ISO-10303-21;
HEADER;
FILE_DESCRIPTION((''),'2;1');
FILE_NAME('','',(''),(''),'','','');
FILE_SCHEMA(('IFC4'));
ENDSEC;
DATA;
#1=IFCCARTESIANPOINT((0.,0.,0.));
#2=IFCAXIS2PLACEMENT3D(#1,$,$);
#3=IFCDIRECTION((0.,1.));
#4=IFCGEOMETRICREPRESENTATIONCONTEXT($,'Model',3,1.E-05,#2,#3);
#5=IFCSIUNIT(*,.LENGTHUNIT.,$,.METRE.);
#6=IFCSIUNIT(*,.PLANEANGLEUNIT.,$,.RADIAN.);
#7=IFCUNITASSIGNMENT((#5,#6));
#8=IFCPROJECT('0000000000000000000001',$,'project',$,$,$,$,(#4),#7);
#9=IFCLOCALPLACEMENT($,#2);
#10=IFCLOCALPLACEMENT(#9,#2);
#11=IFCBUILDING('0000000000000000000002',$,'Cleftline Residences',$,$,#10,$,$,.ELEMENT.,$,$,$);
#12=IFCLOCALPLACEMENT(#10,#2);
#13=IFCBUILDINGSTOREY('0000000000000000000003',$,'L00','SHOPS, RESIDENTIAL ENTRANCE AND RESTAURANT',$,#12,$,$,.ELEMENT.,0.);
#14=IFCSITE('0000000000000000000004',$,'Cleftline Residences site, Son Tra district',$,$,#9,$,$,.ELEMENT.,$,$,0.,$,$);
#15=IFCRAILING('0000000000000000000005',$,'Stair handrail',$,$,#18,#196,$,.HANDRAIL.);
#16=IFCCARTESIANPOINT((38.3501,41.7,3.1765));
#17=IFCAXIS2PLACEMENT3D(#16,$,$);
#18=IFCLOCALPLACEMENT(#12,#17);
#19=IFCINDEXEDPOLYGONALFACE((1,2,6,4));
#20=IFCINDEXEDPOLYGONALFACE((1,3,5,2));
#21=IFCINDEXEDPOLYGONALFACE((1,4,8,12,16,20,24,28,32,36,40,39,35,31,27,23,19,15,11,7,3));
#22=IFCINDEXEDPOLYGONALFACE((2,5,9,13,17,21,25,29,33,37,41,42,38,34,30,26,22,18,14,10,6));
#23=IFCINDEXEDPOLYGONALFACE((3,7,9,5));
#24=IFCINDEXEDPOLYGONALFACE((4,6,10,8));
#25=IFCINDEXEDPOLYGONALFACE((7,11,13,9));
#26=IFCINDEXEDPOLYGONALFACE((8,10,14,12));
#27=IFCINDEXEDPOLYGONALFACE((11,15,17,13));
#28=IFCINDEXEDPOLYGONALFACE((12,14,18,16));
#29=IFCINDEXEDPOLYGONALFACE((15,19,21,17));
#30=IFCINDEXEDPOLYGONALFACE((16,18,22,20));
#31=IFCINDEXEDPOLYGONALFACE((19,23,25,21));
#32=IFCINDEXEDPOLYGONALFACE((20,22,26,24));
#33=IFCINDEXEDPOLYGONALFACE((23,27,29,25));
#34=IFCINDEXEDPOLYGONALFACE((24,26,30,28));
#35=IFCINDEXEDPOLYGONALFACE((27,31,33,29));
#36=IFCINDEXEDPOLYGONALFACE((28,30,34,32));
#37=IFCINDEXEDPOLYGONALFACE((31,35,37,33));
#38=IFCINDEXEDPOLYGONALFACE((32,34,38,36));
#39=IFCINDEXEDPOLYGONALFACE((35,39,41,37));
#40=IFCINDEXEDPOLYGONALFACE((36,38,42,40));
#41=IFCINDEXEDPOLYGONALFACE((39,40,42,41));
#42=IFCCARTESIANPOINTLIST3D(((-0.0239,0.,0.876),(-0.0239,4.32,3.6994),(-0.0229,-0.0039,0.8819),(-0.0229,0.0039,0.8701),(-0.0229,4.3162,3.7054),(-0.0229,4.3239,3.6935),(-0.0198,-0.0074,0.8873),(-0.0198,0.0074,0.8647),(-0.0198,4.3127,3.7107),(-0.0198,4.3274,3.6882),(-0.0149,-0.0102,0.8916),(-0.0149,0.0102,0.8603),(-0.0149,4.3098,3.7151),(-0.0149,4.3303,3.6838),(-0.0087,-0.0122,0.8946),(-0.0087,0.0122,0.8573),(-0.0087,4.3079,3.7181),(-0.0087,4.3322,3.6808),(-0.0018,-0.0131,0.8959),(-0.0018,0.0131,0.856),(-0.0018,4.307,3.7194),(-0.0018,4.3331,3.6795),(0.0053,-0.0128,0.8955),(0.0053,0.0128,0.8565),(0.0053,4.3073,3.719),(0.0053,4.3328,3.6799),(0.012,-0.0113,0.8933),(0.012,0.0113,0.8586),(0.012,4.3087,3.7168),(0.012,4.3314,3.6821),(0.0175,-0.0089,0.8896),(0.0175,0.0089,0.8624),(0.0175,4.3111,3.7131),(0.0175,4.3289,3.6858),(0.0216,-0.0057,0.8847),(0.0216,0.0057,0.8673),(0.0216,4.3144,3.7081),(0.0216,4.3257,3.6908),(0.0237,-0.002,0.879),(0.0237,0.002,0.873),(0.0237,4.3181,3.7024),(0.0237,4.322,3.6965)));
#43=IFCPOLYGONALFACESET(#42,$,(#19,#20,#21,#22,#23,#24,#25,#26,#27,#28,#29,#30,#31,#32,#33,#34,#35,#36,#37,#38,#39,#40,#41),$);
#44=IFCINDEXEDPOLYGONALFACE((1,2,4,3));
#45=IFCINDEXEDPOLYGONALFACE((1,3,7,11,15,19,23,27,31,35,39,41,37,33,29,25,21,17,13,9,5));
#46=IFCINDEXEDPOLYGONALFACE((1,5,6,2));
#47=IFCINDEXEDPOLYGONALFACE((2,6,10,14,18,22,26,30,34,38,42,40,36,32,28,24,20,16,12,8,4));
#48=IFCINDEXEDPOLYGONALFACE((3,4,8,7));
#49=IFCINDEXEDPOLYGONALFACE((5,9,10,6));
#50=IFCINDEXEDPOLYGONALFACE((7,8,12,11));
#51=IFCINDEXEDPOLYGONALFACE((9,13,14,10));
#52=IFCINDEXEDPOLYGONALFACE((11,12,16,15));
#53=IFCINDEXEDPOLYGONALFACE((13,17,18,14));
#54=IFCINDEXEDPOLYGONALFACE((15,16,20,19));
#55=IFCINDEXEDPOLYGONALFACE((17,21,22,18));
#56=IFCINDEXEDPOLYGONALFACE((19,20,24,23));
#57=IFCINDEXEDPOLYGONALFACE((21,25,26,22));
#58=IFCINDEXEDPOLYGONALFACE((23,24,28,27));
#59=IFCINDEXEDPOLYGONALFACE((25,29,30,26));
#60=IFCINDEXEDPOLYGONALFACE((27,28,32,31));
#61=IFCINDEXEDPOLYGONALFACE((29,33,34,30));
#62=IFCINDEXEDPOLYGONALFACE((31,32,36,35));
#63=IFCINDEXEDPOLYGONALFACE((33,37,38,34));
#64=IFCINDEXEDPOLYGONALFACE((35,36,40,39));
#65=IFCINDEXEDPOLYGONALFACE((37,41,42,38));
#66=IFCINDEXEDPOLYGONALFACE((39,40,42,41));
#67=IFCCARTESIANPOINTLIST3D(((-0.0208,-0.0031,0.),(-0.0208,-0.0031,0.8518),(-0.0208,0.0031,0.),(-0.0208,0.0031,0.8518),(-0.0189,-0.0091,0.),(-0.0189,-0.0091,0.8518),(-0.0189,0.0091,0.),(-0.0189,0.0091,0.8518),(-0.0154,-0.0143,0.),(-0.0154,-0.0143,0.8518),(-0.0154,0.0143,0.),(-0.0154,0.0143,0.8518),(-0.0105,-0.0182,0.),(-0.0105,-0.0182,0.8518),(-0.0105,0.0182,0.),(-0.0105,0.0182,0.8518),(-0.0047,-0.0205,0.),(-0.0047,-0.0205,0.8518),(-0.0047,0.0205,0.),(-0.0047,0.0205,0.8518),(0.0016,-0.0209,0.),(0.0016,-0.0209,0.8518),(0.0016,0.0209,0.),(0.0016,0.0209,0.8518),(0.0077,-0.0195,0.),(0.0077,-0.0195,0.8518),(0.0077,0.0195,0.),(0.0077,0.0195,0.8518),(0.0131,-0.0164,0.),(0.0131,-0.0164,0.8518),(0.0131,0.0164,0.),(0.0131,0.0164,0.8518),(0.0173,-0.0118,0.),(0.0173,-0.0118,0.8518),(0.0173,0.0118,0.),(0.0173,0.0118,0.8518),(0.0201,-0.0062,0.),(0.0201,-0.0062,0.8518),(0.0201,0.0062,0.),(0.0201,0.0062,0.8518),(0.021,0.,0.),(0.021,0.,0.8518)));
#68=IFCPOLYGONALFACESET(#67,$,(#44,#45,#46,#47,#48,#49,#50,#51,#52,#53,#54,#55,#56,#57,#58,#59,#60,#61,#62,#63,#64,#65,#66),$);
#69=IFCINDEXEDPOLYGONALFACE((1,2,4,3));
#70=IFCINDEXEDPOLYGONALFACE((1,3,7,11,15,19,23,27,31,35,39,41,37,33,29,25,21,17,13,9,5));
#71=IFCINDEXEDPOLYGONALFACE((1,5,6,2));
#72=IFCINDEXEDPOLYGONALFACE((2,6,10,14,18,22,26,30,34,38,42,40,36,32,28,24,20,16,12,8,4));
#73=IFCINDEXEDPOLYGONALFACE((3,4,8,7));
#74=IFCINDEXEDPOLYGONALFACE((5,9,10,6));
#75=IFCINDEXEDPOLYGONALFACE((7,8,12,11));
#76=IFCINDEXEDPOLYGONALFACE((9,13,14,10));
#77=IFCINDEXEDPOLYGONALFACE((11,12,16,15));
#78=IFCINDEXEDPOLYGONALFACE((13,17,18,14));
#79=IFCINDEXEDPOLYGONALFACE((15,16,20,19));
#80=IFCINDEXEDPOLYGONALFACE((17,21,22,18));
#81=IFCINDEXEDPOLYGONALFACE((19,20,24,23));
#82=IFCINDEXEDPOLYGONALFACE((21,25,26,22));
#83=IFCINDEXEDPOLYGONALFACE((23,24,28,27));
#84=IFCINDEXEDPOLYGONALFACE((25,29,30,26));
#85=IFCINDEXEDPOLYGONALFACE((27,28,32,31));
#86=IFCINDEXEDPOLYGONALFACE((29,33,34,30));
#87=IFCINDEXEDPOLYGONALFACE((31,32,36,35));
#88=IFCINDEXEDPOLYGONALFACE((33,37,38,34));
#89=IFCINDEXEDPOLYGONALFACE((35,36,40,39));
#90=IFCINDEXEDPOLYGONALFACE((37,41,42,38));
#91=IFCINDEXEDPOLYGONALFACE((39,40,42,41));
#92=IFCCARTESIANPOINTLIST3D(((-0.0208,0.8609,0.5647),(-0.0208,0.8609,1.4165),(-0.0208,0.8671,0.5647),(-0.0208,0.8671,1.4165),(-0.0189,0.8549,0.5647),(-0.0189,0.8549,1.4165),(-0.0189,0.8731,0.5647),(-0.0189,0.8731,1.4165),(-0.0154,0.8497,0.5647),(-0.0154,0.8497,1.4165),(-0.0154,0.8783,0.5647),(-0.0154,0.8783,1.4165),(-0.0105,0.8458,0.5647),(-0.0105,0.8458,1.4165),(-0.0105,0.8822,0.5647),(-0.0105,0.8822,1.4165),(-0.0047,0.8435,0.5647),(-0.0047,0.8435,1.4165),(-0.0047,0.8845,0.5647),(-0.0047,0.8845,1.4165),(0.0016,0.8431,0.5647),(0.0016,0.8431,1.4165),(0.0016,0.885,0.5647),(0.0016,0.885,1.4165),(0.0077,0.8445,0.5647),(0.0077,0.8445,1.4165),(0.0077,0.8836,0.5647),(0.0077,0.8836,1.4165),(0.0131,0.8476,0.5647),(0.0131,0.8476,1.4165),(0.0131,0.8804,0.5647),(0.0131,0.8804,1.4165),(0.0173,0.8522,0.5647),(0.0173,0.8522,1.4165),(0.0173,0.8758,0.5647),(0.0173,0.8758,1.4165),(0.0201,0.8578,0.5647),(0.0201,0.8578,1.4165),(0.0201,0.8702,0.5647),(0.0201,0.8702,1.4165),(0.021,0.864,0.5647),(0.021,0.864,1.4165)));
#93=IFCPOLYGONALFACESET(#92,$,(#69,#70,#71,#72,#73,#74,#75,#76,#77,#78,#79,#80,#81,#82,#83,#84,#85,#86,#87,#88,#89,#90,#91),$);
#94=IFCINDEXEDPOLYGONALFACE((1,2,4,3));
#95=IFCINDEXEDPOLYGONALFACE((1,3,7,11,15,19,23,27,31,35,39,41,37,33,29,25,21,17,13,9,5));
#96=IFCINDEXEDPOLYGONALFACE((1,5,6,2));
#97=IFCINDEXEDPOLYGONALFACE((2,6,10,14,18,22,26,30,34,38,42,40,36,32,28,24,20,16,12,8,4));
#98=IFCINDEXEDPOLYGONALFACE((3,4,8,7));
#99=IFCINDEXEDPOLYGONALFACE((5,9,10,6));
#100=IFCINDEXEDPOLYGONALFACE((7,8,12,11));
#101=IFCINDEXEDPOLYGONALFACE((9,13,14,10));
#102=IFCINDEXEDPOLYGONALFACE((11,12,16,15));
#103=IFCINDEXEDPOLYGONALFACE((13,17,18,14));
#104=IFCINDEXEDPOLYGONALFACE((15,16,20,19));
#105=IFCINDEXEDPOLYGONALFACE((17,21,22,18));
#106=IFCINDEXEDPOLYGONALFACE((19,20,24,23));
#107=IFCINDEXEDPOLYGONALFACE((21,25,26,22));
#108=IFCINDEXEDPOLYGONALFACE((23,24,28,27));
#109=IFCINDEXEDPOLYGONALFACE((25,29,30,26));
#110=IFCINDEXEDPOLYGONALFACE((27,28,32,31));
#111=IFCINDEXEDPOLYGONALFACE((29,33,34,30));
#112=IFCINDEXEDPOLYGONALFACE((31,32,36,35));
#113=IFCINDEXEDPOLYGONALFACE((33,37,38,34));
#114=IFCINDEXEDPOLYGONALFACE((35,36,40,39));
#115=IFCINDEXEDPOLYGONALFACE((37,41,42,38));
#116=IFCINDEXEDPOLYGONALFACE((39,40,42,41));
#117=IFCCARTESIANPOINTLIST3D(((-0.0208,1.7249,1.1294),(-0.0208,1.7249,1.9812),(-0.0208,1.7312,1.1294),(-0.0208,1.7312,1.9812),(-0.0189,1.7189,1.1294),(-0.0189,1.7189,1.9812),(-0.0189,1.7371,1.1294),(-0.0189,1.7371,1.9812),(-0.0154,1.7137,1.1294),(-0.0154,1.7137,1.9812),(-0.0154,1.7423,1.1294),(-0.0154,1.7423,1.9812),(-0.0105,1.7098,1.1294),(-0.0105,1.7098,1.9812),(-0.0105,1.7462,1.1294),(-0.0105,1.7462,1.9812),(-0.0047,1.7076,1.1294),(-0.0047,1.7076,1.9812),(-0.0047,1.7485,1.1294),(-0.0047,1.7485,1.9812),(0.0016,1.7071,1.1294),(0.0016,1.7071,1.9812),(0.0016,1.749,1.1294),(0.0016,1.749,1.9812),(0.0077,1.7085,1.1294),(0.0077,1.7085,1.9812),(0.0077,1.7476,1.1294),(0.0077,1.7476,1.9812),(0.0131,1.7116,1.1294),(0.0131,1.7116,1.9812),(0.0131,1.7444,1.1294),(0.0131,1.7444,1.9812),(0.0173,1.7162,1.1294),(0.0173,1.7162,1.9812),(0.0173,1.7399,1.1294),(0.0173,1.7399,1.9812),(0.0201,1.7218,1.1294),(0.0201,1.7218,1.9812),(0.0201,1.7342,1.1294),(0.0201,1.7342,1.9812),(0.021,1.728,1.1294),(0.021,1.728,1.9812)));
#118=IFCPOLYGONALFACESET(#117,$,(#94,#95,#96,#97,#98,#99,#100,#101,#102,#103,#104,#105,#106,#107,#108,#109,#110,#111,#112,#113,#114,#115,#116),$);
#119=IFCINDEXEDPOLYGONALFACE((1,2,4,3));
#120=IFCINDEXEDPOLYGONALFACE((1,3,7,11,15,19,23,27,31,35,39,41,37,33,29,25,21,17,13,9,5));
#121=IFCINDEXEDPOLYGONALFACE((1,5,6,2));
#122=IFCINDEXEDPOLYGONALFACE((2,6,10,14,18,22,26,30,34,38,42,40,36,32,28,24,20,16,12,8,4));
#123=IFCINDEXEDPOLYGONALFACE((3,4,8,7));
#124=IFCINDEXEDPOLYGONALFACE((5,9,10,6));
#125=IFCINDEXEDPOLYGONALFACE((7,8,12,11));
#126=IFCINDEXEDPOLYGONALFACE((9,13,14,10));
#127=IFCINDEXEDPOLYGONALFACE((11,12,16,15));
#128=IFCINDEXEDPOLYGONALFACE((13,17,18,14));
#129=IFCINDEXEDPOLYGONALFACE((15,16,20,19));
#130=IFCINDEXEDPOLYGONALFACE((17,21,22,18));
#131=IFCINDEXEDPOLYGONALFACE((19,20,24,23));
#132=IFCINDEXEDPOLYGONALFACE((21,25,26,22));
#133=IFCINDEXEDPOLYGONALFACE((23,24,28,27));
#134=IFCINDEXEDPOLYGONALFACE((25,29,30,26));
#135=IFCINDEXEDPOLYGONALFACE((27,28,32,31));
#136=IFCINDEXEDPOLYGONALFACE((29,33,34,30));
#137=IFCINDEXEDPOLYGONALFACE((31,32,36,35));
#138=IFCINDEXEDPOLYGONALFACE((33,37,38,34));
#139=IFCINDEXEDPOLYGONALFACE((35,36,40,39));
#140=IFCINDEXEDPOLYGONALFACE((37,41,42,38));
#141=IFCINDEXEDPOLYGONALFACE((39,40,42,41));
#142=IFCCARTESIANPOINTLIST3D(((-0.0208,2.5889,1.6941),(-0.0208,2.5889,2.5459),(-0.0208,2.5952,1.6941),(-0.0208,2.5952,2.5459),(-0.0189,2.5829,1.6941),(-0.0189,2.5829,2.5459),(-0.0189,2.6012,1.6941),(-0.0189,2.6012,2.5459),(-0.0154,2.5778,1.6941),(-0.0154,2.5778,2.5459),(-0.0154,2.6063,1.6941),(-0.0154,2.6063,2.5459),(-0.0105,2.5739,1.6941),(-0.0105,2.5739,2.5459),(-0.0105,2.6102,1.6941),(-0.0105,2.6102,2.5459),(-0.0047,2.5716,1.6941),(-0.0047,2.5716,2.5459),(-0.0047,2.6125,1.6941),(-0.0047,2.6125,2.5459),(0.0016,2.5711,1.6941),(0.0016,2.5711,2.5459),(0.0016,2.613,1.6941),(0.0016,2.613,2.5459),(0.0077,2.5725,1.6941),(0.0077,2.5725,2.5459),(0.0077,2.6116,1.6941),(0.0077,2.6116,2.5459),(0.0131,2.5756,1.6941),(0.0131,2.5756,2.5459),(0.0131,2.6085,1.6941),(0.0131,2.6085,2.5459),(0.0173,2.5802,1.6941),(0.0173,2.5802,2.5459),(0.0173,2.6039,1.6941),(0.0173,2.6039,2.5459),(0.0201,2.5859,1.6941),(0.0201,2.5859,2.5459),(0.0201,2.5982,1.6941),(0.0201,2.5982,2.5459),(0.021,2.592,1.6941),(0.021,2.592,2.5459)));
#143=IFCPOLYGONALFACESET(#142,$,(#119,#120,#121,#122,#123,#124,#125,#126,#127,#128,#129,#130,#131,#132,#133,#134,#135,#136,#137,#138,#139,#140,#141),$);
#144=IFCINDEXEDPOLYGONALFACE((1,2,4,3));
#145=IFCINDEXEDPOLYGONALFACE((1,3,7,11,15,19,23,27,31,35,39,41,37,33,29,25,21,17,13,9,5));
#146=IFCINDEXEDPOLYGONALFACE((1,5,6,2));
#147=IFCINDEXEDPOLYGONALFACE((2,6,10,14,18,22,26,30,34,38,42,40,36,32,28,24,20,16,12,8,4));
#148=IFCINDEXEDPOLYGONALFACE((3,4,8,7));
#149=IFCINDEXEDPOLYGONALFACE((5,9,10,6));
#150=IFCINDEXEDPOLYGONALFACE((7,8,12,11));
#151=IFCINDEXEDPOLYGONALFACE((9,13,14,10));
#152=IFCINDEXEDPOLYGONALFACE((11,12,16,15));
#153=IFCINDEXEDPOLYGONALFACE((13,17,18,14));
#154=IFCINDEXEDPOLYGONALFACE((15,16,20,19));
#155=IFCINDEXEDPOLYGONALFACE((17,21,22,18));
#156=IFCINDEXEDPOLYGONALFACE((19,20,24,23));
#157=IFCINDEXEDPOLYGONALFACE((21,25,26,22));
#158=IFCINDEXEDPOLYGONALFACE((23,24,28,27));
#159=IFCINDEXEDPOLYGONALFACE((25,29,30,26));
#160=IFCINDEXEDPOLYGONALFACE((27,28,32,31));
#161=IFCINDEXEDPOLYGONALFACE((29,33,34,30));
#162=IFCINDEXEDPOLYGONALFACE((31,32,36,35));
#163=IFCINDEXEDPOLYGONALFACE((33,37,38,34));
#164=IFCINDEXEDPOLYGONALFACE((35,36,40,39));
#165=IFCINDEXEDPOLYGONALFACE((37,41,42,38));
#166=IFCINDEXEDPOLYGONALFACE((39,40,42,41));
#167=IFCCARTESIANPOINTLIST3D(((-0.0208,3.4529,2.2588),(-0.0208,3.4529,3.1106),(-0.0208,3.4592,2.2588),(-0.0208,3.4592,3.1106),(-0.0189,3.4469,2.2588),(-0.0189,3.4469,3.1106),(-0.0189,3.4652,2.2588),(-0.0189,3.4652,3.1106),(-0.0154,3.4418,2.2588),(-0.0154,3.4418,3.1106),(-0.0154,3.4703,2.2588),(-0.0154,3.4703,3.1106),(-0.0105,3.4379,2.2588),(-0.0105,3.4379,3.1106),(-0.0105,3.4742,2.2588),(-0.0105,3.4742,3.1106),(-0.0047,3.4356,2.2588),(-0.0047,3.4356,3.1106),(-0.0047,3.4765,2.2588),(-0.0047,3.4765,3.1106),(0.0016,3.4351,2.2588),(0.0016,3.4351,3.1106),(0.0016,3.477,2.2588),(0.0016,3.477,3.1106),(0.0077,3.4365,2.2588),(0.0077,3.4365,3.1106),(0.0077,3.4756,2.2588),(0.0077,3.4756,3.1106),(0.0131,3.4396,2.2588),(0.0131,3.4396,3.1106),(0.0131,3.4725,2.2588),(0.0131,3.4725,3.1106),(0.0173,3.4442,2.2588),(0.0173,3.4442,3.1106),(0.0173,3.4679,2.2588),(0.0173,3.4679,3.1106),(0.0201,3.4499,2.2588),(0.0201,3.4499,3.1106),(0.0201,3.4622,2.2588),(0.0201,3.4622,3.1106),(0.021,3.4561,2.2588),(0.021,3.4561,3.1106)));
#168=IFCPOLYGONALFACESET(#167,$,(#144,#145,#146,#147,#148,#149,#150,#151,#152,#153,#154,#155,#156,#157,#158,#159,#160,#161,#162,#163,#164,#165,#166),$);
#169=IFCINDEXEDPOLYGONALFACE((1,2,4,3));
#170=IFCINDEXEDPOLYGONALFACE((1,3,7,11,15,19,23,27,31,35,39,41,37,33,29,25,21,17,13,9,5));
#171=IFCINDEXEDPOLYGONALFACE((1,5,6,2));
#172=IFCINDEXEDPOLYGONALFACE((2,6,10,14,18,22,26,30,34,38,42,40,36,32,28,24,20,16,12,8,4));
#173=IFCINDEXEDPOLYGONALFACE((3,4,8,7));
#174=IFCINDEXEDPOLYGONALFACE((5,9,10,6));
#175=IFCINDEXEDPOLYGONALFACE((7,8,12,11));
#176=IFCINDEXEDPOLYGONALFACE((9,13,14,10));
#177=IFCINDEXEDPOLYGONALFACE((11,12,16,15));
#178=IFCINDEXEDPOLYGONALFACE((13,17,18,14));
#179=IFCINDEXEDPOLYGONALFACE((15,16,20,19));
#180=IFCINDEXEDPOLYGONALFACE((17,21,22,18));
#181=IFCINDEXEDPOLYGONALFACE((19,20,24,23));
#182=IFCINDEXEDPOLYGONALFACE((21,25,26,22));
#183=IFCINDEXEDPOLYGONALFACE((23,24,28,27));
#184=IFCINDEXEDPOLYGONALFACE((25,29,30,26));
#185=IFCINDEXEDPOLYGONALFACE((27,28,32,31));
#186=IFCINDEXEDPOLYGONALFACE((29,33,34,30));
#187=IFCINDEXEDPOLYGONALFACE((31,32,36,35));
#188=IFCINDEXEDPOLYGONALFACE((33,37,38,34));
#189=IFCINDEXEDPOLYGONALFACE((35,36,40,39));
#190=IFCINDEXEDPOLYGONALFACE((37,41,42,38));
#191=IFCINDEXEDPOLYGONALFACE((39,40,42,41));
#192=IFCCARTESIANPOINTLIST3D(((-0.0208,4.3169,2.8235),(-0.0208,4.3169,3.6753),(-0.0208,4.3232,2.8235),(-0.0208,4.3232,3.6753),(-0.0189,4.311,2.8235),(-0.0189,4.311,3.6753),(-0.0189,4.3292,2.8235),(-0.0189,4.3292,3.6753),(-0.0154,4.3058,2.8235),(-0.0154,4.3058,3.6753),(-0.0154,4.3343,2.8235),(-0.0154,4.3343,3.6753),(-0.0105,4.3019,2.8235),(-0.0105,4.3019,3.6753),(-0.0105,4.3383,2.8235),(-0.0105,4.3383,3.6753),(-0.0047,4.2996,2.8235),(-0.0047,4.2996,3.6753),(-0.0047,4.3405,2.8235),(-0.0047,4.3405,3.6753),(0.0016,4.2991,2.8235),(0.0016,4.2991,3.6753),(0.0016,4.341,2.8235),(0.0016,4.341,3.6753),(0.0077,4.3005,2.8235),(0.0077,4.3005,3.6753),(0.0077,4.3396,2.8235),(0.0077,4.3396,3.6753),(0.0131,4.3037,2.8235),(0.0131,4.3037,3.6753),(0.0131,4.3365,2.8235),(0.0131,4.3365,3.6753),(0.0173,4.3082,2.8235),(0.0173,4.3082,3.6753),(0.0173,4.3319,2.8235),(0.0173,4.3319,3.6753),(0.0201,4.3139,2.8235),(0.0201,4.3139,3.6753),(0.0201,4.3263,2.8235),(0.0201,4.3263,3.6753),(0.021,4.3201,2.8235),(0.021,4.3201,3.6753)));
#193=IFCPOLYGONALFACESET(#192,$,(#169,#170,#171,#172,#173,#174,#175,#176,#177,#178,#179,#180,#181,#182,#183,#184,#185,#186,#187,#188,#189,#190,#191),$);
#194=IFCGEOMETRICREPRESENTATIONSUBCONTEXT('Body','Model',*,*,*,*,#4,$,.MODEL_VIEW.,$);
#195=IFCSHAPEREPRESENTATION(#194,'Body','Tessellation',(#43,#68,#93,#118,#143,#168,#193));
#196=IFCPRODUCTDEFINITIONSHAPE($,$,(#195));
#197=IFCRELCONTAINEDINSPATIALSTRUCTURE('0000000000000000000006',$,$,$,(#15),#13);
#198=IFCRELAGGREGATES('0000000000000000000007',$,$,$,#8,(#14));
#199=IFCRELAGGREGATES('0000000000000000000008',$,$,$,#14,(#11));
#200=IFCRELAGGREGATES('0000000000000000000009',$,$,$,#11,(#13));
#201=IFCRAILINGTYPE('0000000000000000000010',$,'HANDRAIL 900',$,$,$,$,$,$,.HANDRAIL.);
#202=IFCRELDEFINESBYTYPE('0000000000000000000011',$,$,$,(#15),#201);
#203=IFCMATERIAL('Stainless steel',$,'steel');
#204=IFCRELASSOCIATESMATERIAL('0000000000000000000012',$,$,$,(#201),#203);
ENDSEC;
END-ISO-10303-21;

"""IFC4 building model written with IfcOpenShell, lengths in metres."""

from ifc_helpers import new_model, si_unit, direction, frame, origin, origin_2d, place, context, subcontext, project, spatial, circle, extrude, material, type_object, element, save


model = new_model("IFC4")

# Units and contexts
model_context = context("Model", 3, precision=1e-05, world=origin(), true_north=direction((0.0, 1.0)))
body_context = subcontext(model_context, "Body", "Model", "MODEL_VIEW")
ifc_project = project(units=[si_unit("LENGTHUNIT", "METRE"), si_unit("PLANEANGLEUNIT", "RADIAN")], contexts=[model_context])

# Site, building, storey
site_placement = place(None, origin())
site = spatial("IfcSite", under=ifc_project, at=site_placement, Name="Cleftline Residences site, Son Tra district", CompositionType="ELEMENT", RefElevation=0.0)
building_placement = place(site_placement, origin())
building = spatial("IfcBuilding", under=site, at=building_placement, Name="Cleftline Residences", CompositionType="ELEMENT")
storey_placement = place(building_placement, origin())
storey = spatial("IfcBuildingStorey", under=building, at=storey_placement, Name="L00", Description="SHOPS, RESIDENTIAL ENTRANCE AND RESTAURANT", CompositionType="ELEMENT", Elevation=0.0)

# Railing
ifc_material_1 = material(Name="Stainless steel", Category="steel")
railing_type = type_object("IfcRailingType", Name="HANDRAIL 900", PredefinedType="HANDRAIL", material=ifc_material_1)
railing_1_placement = place(storey_placement, frame((38.3501, 41.7, 3.1765)))
element("IfcRailing", 1, at=railing_1_placement, inside=storey, type_object=railing_type, Name="Stair handrail", PredefinedType="HANDRAIL", context=body_context, shape_type="SweptSolid", body=[
    extrude(circle(Radius=0.0239, at=origin_2d()), frame((0.0, 0.0, 0.876), z_axis=(0.0, 0.837074, 0.54709), x_axis=(-1.0, 0.0, 0.0)), (0.0, 0.0, 1.0), 5.1609),
    extrude(circle(Radius=0.021, at=origin_2d()), origin(), (0.0, 0.0, 1.0), 0.8518),
    extrude(circle(Radius=0.021, at=origin_2d()), frame((0.0, 0.864, 0.5647)), (0.0, 0.0, 1.0), 0.8518),
    extrude(circle(Radius=0.021, at=origin_2d()), frame((0.0, 1.728, 1.1294)), (0.0, 0.0, 1.0), 0.8518),
    extrude(circle(Radius=0.021, at=origin_2d()), frame((0.0, 2.592, 1.6941)), (0.0, 0.0, 1.0), 0.8518),
    extrude(circle(Radius=0.021, at=origin_2d()), frame((0.0, 3.4561, 2.2588)), (0.0, 0.0, 1.0), 0.8518),
    extrude(circle(Radius=0.021, at=origin_2d()), frame((0.0, 4.3201, 2.8235)), (0.0, 0.0, 1.0), 0.8518),
])

save(model, "model.ifc")
